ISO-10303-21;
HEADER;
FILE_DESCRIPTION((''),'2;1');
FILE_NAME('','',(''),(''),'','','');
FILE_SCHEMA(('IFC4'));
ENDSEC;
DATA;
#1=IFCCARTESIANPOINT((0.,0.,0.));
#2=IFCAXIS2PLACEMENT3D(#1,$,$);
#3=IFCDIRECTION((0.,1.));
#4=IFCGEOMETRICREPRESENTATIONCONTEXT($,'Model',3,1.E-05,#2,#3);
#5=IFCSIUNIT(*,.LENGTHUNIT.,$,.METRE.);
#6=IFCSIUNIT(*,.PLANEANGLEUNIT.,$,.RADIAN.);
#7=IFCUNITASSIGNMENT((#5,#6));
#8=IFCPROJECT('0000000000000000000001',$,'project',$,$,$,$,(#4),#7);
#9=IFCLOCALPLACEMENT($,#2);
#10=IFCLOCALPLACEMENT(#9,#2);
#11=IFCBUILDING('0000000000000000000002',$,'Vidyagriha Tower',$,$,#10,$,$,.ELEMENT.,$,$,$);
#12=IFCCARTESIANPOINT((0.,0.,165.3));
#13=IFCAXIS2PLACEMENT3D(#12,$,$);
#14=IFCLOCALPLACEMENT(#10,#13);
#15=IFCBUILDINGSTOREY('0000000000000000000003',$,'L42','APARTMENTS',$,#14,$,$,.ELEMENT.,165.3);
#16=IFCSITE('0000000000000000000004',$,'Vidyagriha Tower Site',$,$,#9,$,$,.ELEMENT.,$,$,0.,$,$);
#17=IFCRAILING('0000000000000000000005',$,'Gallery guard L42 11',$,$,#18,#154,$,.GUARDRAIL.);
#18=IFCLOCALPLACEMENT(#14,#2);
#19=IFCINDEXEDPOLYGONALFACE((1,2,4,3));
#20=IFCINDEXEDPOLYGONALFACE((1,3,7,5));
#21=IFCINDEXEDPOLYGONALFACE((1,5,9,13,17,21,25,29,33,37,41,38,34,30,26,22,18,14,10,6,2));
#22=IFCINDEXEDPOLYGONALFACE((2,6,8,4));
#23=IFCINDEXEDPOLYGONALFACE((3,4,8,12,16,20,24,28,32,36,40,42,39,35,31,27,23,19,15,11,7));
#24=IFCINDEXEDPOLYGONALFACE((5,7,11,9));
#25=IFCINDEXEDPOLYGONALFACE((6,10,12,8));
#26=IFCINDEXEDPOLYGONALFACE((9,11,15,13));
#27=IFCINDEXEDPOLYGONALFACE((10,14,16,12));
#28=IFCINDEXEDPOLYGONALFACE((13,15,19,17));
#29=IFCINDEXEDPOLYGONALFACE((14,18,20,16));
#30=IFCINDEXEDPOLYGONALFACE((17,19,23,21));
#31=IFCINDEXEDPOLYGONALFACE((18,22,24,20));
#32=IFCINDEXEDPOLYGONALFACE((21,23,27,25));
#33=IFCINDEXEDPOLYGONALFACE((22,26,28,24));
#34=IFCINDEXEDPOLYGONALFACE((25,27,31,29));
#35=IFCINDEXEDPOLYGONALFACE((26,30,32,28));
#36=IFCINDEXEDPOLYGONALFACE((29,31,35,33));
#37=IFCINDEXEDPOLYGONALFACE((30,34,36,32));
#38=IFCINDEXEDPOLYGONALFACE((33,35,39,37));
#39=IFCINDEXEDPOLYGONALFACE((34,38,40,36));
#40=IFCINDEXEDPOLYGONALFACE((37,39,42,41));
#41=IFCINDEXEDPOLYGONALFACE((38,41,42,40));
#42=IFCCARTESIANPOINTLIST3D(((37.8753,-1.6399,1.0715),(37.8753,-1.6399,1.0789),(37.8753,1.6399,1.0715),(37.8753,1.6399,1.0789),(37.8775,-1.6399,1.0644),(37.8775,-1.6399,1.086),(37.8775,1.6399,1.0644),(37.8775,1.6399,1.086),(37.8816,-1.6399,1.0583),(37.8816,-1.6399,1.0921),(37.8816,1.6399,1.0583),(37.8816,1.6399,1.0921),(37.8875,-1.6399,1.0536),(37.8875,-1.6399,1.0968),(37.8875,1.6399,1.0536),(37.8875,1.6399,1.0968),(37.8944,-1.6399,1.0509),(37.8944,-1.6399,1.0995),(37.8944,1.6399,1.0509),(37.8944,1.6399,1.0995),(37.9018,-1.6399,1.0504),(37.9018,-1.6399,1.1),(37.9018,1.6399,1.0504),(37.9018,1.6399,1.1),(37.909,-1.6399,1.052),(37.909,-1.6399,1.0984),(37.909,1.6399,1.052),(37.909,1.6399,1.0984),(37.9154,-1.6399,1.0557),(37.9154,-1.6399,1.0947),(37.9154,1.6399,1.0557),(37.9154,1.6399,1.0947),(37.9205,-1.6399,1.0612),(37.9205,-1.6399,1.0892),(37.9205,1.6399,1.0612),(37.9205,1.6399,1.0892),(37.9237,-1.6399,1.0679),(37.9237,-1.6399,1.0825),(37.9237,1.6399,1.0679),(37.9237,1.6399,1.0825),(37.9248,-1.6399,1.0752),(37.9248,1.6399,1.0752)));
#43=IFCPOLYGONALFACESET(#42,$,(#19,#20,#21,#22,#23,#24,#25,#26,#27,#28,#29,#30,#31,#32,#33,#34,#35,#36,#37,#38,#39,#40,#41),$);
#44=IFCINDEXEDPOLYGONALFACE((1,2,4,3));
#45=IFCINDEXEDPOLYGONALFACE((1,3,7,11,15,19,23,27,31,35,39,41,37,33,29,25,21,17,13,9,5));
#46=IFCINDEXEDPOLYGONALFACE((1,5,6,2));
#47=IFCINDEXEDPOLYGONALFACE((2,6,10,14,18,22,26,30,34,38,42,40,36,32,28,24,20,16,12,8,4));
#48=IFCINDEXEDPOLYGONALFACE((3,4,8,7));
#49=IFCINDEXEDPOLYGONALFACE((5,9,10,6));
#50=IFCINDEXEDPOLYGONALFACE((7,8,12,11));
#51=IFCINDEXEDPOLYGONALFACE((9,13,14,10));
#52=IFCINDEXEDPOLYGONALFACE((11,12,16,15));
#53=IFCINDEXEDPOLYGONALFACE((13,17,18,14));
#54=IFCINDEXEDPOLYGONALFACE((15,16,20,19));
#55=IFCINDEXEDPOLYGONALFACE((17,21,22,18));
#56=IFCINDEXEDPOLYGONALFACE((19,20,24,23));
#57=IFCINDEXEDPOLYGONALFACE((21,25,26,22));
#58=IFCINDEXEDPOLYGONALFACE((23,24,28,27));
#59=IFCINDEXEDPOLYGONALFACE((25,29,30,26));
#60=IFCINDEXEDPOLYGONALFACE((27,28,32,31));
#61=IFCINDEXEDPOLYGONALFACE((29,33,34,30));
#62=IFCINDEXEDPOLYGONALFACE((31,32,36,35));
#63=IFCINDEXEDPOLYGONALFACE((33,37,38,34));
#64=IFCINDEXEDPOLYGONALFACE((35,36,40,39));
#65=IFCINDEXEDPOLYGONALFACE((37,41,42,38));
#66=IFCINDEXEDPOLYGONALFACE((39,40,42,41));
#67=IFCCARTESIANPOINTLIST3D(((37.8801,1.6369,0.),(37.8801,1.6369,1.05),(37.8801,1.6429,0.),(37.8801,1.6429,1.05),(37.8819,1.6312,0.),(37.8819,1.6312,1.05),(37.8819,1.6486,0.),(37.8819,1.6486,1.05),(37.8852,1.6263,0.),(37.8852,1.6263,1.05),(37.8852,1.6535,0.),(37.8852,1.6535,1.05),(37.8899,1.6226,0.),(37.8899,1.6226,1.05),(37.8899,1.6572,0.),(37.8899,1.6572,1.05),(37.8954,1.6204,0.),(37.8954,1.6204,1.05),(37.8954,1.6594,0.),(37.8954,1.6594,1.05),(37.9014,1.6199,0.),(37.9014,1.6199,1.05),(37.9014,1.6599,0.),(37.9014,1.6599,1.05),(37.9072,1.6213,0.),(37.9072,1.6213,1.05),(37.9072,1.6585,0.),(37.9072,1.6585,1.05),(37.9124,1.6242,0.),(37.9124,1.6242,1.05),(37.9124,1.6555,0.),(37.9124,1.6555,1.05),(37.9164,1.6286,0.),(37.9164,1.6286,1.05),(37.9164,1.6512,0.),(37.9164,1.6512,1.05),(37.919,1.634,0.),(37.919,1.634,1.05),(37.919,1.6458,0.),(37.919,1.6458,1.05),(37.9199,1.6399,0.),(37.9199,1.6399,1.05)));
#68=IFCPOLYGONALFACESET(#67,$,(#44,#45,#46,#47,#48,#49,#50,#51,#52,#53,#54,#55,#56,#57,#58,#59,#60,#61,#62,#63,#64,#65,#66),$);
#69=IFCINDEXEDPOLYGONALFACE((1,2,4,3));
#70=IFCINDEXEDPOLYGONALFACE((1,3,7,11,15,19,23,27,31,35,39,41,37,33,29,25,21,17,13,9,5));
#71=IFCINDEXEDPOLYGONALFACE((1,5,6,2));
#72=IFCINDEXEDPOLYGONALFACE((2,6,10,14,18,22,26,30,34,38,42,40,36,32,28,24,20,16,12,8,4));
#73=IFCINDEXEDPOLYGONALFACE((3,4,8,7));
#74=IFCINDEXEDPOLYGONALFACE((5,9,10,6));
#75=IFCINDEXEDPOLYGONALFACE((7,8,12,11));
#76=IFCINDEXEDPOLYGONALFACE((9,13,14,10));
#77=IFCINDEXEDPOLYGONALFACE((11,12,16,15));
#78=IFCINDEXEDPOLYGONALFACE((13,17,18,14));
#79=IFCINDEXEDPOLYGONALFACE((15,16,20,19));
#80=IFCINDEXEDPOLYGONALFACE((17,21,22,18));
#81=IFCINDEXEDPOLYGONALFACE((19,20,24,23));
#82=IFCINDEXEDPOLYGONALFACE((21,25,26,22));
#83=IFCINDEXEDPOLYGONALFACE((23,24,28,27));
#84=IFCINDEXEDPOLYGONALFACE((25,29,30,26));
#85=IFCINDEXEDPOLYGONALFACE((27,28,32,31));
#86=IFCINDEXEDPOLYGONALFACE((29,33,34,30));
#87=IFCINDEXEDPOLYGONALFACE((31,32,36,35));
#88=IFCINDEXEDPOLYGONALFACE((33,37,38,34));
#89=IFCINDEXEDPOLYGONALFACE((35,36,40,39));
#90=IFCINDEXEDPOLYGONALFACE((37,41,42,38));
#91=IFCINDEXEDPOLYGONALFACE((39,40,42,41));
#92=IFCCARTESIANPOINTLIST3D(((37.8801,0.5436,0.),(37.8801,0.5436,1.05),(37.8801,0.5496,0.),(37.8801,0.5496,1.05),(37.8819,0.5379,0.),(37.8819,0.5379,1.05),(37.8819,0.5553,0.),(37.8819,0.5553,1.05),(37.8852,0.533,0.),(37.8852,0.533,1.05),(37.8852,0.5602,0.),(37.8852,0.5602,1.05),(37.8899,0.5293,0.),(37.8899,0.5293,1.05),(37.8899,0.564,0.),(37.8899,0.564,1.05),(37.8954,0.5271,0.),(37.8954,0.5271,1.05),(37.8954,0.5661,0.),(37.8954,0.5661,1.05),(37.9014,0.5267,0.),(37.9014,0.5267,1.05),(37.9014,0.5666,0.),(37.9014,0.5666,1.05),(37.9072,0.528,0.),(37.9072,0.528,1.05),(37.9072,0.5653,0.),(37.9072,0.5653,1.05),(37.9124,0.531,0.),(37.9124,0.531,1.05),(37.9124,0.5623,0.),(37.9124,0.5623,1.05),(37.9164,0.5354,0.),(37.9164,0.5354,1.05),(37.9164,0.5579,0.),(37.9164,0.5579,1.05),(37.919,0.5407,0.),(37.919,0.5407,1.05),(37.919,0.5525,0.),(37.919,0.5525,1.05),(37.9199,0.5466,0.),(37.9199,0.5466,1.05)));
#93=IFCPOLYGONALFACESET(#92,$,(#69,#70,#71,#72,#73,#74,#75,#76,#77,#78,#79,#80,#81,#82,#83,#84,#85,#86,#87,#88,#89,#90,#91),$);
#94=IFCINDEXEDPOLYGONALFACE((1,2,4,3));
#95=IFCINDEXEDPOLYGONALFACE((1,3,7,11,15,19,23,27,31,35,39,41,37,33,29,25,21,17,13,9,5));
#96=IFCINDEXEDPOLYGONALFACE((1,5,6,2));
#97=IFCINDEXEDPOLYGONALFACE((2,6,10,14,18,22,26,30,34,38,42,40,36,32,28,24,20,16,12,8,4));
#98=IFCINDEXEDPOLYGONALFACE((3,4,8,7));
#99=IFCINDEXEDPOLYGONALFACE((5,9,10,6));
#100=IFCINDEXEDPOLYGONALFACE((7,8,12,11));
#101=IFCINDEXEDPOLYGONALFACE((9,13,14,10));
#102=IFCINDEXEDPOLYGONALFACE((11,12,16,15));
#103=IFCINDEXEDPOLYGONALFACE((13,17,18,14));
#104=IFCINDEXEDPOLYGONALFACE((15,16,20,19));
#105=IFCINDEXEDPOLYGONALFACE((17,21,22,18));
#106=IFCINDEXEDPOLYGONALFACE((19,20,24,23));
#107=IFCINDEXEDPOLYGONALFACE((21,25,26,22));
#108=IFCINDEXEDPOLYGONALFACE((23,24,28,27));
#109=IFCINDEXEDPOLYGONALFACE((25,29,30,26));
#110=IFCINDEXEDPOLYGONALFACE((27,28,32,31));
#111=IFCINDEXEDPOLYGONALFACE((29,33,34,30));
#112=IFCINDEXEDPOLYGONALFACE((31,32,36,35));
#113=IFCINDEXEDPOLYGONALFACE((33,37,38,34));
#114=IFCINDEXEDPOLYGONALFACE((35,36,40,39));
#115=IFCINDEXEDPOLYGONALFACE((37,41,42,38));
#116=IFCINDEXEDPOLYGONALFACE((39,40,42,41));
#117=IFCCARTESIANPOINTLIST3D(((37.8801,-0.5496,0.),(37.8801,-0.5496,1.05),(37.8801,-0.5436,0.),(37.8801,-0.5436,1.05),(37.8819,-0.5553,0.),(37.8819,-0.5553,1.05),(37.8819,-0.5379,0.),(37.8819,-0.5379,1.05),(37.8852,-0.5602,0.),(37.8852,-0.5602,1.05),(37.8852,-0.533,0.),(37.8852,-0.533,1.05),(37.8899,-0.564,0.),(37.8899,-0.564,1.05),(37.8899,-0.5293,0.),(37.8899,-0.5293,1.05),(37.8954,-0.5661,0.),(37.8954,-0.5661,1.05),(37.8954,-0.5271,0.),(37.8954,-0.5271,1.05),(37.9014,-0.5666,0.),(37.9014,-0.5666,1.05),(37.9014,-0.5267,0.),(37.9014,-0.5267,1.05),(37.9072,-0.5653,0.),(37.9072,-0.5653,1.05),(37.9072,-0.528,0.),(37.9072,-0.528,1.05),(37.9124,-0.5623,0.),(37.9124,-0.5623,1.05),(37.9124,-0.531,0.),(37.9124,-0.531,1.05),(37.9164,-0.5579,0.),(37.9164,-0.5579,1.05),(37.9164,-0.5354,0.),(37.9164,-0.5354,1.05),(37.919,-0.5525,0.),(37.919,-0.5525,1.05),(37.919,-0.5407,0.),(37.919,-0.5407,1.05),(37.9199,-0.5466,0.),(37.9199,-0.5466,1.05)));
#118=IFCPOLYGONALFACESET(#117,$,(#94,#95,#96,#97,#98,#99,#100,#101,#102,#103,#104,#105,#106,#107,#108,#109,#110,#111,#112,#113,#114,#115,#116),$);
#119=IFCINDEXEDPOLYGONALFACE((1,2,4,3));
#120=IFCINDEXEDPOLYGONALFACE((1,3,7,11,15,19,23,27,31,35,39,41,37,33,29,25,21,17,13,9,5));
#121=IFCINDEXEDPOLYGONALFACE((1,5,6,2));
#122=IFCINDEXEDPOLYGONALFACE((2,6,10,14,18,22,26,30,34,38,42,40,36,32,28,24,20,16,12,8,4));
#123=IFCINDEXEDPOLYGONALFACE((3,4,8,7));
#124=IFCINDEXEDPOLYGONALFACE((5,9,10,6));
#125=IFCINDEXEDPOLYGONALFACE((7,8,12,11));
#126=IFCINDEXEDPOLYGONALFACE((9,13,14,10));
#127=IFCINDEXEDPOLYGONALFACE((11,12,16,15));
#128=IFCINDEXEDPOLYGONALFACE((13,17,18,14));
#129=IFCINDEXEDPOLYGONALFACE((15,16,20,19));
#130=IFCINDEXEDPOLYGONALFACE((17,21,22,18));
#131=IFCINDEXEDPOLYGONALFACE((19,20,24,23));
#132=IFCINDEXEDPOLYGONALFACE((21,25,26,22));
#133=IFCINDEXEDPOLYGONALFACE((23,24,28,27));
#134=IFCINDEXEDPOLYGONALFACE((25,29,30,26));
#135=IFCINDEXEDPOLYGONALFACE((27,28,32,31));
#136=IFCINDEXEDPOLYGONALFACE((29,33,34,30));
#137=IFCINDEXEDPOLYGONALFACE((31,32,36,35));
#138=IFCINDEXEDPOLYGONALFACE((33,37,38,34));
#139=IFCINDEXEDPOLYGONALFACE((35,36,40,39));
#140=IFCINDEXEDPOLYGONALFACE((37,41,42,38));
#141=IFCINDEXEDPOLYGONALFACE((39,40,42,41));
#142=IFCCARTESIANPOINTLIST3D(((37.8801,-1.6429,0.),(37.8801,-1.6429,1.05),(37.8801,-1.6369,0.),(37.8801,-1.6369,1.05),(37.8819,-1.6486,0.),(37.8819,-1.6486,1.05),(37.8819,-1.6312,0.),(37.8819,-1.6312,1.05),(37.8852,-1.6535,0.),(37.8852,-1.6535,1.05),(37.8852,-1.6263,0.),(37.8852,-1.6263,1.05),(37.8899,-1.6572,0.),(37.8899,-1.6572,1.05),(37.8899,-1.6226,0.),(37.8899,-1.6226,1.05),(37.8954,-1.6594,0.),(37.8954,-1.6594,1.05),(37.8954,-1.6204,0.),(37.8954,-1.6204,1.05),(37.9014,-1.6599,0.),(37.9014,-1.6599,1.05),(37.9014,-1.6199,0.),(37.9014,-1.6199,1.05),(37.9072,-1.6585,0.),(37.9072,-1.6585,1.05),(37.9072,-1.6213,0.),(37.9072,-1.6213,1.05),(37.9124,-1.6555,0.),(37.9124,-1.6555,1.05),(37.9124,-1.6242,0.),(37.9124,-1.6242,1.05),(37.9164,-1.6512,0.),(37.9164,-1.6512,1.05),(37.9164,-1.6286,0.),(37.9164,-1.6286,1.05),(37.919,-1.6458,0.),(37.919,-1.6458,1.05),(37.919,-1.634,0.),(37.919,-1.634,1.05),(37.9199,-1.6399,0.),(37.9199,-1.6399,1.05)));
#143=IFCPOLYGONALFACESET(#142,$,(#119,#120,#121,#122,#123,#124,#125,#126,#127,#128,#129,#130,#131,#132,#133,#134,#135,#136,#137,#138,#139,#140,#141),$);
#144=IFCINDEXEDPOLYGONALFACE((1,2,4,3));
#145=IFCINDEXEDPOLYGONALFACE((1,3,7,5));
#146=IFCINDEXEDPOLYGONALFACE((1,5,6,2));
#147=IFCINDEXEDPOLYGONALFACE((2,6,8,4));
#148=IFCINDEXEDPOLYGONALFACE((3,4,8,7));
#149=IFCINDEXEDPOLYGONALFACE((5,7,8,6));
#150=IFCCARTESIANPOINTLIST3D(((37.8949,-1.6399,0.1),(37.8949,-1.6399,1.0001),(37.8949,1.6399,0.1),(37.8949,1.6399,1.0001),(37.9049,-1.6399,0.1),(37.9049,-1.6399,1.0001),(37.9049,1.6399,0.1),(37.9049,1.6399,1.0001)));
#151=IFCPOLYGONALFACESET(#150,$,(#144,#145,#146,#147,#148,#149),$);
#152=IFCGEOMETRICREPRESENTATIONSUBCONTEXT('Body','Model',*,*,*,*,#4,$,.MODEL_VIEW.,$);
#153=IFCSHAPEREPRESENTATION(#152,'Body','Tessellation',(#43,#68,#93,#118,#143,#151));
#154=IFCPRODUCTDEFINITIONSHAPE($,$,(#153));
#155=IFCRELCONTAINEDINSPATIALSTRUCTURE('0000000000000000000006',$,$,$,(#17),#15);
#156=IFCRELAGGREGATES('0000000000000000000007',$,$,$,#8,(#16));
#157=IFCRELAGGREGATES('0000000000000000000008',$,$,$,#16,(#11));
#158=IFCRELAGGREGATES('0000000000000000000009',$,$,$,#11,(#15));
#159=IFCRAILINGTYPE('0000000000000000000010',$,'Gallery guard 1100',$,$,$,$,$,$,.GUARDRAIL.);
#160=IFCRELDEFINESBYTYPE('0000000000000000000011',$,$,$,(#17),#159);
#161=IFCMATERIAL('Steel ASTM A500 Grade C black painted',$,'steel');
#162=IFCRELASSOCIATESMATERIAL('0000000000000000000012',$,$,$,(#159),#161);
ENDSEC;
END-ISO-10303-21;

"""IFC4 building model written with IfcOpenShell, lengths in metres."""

from ifc_helpers import new_model, si_unit, direction, frame, origin, origin_2d, place, context, subcontext, project, spatial, rectangle, circle, extrude, material, type_object, element, save


model = new_model("IFC4")

# Units and contexts
model_context = context("Model", 3, precision=1e-05, world=origin(), true_north=direction((0.0, 1.0)))
body_context = subcontext(model_context, "Body", "Model", "MODEL_VIEW")
ifc_project = project(units=[si_unit("LENGTHUNIT", "METRE"), si_unit("PLANEANGLEUNIT", "RADIAN")], contexts=[model_context])

# Site, building, storey
site_placement = place(None, origin())
site = spatial("IfcSite", under=ifc_project, at=site_placement, Name="Vidyagriha Tower Site", CompositionType="ELEMENT", RefElevation=0.0)
building_placement = place(site_placement, origin())
building = spatial("IfcBuilding", under=site, at=building_placement, Name="Vidyagriha Tower", CompositionType="ELEMENT")
storey_placement = place(building_placement, frame((0.0, 0.0, 165.3)))
storey = spatial("IfcBuildingStorey", under=building, at=storey_placement, Name="L42", Description="APARTMENTS", CompositionType="ELEMENT", Elevation=165.3)

# Railing
ifc_material_1 = material(Name="Steel ASTM A500 Grade C black painted", Category="steel")
railing_type_1 = type_object("IfcRailingType", Name="Gallery guard 1100", PredefinedType="GUARDRAIL", material=ifc_material_1)
railing_1_placement = place(storey_placement, frame((37.8999, 1.6399, 0.0)))
element("IfcRailing", 1, at=railing_1_placement, inside=storey, type_object=railing_type_1, Name="Gallery guard L42 11", PredefinedType="GUARDRAIL", context=body_context, shape_type="SweptSolid", body=[
    extrude(circle(Radius=0.0249, at=origin_2d()), frame((0.0, 0.0, 1.0752), z_axis=(0.0, -1.0, 0.0), x_axis=(1.0, 0.0, 0.0)), (0.0, 0.0, 1.0), 3.2798),
    extrude(circle(Radius=0.02, at=origin_2d()), origin(), (0.0, 0.0, 1.0), 1.05),
    extrude(circle(Radius=0.02, at=origin_2d()), frame((0.0, -1.0933, 0.0)), (0.0, 0.0, 1.0), 1.05),
    extrude(circle(Radius=0.02, at=origin_2d()), frame((0.0, -2.1865, 0.0)), (0.0, 0.0, 1.0), 1.05),
    extrude(circle(Radius=0.02, at=origin_2d()), frame((0.0, -3.2798, 0.0)), (0.0, 0.0, 1.0), 1.05),
    extrude(rectangle(XDim=0.01, YDim=0.9001, at=origin_2d()), frame((0.0, 0.0, 0.55), z_axis=(0.0, -1.0, 0.0), x_axis=(1.0, 0.0, 0.0)), (0.0, 0.0, 1.0), 3.2798),
])

save(model, "model.ifc")
